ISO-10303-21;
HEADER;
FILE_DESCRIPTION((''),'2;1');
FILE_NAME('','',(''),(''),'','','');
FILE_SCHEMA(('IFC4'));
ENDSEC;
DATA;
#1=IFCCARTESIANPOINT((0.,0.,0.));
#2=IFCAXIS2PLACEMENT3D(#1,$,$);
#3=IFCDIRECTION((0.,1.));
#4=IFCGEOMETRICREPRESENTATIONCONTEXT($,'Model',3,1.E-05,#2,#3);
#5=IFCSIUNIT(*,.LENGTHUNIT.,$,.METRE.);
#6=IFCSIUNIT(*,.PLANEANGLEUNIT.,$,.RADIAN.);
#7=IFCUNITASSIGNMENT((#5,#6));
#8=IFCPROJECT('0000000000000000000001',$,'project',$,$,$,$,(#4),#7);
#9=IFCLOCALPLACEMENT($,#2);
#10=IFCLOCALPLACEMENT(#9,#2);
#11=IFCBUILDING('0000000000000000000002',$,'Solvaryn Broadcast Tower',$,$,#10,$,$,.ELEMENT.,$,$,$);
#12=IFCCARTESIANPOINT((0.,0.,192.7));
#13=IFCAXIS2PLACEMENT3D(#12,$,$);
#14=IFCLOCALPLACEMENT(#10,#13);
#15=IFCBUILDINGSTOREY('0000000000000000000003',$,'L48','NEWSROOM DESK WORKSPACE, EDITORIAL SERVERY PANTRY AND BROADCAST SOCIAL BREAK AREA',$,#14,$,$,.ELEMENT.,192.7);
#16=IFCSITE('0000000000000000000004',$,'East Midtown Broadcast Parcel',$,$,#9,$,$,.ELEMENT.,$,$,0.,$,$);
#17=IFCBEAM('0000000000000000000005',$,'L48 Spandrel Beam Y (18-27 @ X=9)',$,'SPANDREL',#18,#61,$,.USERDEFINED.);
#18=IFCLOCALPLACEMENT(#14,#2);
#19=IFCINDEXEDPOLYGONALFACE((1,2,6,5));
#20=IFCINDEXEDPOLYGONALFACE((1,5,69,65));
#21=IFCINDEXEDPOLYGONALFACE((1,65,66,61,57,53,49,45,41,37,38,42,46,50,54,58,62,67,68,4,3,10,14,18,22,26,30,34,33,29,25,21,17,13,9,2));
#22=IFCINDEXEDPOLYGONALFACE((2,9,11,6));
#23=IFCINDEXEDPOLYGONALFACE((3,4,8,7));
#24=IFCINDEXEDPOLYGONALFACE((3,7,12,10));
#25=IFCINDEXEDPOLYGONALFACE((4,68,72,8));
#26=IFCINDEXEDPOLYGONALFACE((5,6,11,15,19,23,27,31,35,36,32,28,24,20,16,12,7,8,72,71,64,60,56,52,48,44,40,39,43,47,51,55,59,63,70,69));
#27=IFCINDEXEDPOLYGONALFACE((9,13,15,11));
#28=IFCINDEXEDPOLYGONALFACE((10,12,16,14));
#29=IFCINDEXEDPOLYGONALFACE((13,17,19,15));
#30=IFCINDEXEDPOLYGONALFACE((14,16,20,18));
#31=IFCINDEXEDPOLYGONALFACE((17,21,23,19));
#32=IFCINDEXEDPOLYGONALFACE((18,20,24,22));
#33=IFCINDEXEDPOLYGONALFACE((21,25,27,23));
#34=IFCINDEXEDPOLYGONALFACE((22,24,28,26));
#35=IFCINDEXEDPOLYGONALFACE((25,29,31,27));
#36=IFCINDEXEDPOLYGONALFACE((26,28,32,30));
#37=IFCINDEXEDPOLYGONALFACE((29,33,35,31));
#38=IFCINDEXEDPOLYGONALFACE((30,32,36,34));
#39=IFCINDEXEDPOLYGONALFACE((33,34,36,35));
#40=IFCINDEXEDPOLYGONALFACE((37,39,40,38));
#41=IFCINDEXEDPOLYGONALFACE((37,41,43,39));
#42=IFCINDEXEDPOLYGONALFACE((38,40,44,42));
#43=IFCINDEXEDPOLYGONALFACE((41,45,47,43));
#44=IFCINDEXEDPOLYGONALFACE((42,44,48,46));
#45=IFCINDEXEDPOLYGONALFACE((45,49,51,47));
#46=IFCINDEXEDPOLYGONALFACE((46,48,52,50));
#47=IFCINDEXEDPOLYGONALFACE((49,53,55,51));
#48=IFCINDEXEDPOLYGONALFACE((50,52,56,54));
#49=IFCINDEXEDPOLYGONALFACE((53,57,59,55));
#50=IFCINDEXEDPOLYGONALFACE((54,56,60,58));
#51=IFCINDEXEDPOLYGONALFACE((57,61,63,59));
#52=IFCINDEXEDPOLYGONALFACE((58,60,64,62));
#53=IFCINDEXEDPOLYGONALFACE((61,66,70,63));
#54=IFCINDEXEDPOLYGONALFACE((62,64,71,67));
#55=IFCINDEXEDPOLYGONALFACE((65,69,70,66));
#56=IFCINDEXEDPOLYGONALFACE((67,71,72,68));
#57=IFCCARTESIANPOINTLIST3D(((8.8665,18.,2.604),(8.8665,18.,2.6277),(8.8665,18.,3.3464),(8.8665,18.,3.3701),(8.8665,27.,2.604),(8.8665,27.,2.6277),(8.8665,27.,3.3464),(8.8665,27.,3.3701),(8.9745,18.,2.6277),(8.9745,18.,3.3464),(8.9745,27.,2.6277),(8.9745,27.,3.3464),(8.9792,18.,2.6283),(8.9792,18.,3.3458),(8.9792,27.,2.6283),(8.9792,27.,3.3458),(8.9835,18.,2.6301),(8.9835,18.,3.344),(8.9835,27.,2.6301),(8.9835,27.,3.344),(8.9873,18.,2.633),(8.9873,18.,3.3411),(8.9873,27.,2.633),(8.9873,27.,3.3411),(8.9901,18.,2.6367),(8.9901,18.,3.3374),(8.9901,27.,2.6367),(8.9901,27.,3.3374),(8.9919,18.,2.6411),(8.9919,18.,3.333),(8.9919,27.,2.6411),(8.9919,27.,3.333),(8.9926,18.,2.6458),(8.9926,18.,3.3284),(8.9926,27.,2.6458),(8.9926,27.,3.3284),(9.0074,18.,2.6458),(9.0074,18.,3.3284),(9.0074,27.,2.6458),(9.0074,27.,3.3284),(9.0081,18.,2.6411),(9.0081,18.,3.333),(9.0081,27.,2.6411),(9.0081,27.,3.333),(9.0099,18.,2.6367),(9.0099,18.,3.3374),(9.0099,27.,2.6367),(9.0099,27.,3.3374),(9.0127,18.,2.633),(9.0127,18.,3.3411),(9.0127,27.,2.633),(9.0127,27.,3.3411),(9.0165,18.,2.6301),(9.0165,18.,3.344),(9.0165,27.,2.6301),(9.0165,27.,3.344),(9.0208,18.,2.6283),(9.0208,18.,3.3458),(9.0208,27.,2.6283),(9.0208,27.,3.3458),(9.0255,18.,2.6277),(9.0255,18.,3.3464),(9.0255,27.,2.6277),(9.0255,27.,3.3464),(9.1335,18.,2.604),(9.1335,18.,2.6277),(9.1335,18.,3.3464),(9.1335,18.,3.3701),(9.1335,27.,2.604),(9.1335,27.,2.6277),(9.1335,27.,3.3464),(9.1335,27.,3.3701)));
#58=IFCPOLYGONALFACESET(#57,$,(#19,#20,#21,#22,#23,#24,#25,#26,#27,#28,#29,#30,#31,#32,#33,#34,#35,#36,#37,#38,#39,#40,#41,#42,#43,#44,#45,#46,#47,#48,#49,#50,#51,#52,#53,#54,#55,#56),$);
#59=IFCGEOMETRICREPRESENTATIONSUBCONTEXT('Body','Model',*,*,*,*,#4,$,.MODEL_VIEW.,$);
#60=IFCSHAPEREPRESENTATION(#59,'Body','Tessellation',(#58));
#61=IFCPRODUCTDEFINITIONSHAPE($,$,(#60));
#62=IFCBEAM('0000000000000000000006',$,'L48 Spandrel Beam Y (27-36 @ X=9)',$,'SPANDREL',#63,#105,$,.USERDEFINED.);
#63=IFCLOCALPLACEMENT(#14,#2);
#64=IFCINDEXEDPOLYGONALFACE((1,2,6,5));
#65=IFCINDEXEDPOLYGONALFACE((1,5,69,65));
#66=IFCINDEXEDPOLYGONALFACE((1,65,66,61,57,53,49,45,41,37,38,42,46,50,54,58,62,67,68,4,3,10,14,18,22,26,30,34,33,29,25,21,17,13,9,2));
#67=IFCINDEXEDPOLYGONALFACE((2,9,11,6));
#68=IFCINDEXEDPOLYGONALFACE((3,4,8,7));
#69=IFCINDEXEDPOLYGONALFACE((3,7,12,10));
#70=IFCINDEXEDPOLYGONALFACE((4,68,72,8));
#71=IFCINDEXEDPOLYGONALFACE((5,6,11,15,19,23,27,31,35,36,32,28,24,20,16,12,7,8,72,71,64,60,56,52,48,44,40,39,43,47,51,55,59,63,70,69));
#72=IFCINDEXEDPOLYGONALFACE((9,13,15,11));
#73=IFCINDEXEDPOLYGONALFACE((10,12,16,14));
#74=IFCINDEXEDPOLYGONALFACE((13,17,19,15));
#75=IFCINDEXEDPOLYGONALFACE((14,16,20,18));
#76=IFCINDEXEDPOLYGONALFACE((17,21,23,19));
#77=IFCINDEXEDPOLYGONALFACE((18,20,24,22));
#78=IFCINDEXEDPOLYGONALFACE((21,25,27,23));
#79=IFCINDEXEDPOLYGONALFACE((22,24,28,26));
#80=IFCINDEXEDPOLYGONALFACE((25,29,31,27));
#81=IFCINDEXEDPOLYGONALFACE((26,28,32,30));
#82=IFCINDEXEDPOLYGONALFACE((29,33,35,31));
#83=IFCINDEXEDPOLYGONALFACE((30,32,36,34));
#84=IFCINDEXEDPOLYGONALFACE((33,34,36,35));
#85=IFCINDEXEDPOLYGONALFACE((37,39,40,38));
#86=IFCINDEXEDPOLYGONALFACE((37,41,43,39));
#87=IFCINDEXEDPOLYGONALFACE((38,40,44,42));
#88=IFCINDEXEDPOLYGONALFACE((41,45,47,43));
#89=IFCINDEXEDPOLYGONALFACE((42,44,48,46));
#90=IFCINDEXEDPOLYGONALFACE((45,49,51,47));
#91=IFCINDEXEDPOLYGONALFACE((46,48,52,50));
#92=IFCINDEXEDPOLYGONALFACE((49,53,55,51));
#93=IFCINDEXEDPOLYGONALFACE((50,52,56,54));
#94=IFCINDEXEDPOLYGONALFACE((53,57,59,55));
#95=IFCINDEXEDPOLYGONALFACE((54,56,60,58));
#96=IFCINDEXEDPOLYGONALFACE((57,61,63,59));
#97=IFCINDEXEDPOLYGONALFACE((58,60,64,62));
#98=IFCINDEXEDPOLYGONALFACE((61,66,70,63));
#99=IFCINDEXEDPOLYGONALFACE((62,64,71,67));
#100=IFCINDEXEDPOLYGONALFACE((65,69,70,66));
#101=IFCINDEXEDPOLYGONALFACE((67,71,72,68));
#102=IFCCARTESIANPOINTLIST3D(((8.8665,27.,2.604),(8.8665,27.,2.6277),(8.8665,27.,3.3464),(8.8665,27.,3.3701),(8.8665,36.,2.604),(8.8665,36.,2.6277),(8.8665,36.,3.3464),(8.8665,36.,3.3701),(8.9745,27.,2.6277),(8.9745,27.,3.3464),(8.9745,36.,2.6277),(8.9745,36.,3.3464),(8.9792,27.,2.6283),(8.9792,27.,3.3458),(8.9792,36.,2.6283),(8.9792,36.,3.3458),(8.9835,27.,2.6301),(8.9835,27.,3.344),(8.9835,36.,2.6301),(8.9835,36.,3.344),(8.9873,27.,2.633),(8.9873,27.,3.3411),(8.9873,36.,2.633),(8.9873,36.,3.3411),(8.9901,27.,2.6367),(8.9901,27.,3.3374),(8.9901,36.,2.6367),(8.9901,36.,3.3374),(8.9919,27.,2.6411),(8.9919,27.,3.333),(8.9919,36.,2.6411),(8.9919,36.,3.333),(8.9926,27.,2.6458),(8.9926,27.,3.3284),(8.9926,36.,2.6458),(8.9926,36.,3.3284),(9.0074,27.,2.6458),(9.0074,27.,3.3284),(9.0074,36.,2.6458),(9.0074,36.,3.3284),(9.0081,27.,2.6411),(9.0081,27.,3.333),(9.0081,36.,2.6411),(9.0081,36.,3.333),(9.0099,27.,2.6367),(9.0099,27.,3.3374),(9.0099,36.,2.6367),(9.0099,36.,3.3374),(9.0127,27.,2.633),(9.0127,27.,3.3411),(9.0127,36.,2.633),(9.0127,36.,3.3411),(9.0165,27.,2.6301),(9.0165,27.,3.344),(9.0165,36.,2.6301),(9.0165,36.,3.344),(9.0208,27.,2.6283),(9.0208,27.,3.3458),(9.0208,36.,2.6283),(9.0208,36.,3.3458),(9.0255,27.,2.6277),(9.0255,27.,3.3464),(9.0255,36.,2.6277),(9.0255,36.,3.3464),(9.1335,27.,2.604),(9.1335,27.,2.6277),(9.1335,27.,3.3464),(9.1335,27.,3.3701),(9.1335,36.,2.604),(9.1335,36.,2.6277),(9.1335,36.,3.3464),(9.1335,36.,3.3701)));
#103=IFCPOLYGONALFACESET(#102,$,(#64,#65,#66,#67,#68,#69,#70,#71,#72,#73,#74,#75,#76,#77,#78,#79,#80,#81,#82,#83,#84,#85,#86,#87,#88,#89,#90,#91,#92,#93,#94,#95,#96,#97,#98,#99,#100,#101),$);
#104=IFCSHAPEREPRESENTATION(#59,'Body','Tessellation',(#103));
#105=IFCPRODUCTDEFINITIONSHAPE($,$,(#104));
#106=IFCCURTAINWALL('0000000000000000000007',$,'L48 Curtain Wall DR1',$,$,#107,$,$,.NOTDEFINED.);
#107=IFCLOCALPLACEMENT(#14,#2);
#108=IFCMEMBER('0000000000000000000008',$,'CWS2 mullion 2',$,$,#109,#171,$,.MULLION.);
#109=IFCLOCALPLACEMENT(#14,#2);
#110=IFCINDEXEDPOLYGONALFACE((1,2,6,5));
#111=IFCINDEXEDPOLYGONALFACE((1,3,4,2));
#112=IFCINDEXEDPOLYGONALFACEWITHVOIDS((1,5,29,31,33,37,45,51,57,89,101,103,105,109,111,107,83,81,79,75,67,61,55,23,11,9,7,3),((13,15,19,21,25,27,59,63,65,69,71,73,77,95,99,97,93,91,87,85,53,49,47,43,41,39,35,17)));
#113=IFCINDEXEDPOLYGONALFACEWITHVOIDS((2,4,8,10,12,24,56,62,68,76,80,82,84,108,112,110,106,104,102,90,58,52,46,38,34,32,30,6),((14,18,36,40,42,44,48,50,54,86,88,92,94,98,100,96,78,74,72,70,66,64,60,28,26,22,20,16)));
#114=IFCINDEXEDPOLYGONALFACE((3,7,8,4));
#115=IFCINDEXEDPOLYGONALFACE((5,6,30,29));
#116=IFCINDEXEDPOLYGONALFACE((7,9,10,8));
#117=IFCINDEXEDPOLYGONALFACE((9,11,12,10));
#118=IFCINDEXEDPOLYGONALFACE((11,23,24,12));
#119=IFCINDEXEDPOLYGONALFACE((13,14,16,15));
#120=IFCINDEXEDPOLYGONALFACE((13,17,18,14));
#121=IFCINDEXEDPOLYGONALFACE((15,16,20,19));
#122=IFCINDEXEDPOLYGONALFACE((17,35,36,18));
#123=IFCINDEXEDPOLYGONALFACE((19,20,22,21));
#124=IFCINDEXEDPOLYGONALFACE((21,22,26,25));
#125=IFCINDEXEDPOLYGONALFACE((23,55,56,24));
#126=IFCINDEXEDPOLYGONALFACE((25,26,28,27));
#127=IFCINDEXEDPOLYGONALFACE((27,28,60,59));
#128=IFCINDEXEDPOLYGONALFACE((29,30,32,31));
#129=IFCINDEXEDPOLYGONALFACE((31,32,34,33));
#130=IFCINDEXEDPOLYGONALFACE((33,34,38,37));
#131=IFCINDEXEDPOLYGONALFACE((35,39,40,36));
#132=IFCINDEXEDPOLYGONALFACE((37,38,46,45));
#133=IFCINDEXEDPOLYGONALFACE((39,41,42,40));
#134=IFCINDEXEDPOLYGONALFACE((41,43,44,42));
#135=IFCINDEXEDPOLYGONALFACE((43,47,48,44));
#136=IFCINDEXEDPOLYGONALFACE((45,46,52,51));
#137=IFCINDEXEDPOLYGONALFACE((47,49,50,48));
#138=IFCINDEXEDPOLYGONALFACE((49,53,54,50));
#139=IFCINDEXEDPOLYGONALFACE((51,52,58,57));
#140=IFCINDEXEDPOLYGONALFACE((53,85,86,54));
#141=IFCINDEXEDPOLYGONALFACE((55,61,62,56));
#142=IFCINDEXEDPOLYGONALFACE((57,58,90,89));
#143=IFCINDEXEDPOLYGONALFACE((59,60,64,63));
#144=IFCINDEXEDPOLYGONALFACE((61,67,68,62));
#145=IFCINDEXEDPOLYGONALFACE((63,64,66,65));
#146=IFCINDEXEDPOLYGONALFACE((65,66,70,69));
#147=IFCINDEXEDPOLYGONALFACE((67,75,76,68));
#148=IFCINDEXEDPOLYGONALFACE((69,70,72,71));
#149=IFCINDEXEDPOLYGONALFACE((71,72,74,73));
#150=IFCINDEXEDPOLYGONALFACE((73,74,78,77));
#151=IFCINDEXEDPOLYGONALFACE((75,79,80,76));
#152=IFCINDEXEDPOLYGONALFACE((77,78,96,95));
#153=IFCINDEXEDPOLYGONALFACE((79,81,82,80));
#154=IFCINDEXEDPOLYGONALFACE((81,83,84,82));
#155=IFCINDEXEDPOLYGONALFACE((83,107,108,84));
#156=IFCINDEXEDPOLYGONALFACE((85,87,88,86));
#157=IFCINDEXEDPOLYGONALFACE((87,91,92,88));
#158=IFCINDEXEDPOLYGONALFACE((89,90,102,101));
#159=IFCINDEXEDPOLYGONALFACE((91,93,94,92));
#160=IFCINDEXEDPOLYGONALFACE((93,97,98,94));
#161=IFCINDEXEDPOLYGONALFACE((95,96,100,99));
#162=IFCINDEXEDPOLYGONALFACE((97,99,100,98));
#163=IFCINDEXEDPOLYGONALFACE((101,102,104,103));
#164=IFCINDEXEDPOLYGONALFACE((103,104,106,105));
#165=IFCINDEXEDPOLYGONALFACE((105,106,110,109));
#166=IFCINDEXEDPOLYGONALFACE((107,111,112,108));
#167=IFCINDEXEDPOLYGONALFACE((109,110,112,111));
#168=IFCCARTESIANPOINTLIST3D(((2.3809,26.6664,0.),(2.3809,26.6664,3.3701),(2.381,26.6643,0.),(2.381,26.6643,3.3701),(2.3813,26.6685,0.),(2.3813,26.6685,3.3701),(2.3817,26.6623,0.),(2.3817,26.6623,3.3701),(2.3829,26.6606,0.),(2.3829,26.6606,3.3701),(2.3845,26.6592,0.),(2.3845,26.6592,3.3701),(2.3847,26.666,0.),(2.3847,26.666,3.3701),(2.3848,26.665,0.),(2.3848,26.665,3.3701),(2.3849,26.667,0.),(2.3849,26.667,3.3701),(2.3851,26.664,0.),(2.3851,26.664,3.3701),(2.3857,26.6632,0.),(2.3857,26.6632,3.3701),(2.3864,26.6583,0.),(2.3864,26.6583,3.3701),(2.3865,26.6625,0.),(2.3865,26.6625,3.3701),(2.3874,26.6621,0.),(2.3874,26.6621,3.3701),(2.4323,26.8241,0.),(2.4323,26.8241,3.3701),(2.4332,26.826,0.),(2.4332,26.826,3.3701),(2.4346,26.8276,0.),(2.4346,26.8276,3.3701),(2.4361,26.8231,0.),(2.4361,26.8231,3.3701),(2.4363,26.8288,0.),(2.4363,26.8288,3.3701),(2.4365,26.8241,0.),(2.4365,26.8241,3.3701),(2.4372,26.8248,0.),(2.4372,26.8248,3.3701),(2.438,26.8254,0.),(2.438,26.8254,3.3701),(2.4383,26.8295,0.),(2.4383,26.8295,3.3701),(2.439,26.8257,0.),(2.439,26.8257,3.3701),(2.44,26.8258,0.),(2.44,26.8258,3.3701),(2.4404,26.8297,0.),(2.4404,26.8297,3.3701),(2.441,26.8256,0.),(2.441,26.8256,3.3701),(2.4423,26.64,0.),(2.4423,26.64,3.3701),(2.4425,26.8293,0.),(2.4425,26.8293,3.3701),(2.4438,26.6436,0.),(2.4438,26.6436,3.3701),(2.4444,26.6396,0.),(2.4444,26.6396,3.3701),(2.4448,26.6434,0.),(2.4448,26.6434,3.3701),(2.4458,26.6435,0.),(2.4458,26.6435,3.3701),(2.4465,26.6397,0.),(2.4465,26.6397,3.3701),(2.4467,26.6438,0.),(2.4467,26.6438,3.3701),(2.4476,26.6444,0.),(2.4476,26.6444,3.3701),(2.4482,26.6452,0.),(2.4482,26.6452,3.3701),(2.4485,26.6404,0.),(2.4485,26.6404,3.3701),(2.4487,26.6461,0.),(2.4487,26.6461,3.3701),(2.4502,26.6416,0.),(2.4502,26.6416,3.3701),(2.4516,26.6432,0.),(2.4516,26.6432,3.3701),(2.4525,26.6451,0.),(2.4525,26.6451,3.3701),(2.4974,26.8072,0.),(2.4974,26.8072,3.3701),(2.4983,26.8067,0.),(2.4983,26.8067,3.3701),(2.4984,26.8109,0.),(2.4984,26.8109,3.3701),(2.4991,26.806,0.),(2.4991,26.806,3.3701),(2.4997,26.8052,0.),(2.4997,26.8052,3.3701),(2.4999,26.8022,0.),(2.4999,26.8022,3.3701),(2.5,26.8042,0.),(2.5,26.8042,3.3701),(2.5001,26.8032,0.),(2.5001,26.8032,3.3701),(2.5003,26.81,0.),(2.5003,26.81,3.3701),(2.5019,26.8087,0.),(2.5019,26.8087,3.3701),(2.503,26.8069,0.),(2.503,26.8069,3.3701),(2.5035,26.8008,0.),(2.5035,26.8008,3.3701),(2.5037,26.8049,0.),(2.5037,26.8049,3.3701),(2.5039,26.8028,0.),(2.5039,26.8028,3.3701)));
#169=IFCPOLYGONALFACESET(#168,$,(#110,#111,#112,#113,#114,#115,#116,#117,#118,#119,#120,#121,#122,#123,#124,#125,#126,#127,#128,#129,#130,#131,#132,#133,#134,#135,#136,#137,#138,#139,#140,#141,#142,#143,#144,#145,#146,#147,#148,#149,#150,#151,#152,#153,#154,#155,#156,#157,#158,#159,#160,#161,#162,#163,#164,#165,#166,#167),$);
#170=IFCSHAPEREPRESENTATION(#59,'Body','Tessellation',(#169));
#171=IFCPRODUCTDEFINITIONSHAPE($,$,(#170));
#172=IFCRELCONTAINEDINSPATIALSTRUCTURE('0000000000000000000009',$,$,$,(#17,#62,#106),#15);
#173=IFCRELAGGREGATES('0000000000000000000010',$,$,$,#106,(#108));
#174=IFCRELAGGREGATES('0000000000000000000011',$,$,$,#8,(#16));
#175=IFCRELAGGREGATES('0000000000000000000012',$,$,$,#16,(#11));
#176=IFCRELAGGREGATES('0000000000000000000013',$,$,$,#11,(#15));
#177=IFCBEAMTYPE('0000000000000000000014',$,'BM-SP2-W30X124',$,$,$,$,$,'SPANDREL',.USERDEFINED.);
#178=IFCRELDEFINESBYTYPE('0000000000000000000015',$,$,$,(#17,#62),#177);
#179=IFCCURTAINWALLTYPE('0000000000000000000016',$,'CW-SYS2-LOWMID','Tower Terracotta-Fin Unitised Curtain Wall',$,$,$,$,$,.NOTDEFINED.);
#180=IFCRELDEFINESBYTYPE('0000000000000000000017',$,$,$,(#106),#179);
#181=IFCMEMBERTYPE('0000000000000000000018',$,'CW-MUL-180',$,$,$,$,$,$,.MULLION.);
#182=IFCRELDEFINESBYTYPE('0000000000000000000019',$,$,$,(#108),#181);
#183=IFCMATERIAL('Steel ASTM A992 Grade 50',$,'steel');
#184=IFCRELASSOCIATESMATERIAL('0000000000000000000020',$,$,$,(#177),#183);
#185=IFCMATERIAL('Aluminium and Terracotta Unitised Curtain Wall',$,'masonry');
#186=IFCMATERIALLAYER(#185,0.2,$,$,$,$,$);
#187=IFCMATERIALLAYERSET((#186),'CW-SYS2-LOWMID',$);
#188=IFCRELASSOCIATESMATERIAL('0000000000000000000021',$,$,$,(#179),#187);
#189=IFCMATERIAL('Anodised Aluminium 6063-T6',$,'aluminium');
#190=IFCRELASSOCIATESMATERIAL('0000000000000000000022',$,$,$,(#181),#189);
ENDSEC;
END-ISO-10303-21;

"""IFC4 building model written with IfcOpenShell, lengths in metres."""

from ifc_helpers import new_model, si_unit, direction, frame, origin, origin_2d, place, context, subcontext, project, spatial, hollow_rectangle, i_section, extrude, material, layer, layer_set, material_profile, profile_set, type_object, element, aggregate, save


model = new_model("IFC4")

# Units and contexts
model_context = context("Model", 3, precision=1e-05, world=origin(), true_north=direction((0.0, 1.0)))
body_context = subcontext(model_context, "Body", "Model", "MODEL_VIEW")
ifc_project = project(units=[si_unit("LENGTHUNIT", "METRE"), si_unit("PLANEANGLEUNIT", "RADIAN")], contexts=[model_context])

# Site, building, storey
site_placement = place(None, origin())
site = spatial("IfcSite", under=ifc_project, at=site_placement, Name="East Midtown Broadcast Parcel", CompositionType="ELEMENT", RefElevation=0.0)
building_placement = place(site_placement, origin())
building = spatial("IfcBuilding", under=site, at=building_placement, Name="Solvaryn Broadcast Tower", CompositionType="ELEMENT")
storey_placement = place(building_placement, frame((0.0, 0.0, 192.7)))
storey = spatial("IfcBuildingStorey", under=building, at=storey_placement, Name="L48", Description="NEWSROOM DESK WORKSPACE, EDITORIAL SERVERY PANTRY AND BROADCAST SOCIAL BREAK AREA", CompositionType="ELEMENT", Elevation=192.7)

# Beams
ifc_material_1 = material(Name="Steel ASTM A992 Grade 50", Category="steel")
ifc_material_profile_1 = material_profile(ifc_material_1, i_section(OverallWidth=0.2671, OverallDepth=0.7661, WebThickness=0.0149, FlangeThickness=0.0237, FilletRadius=0.0181, at=origin_2d()))
ifc_profile_set_1 = profile_set([ifc_material_profile_1], Name="Steel ASTM A992 Grade 50")
beam_type_1 = type_object("IfcBeamType", Name="BM-SP2-W30X124", ElementType="SPANDREL", PredefinedType="USERDEFINED", material=ifc_profile_set_1)
for number, where, z_axis, x_axis, name in (
    (1, (9.0, 18.0, 2.9871), (0.0, 1.0, 0.0), (-1.0, 0.0, 0.0), "L48 Spandrel Beam Y (18-27 @ X=9)"),
    (2, (9.0, 27.0, 2.9871), (0.0, 1.0, 0.0), (-1.0, 0.0, 0.0), "L48 Spandrel Beam Y (27-36 @ X=9)"),
):
    element("IfcBeam", number, at=place(storey_placement, frame(where, z_axis=z_axis, x_axis=x_axis)), inside=storey, type_object=beam_type_1, Name=name, ObjectType="SPANDREL", PredefinedType="USERDEFINED", context=body_context, shape_type="SweptSolid", body=[
        extrude(i_section(OverallWidth=0.2671, OverallDepth=0.7661, WebThickness=0.0149, FlangeThickness=0.0237, FilletRadius=0.0181, at=origin_2d()), origin(), (0.0, 0.0, 1.0), 9.0),
    ])

# Curtain wall, member
ifc_material_2 = material(Name="Aluminium and Terracotta Unitised Curtain Wall", Category="masonry")
ifc_layer_1 = layer(ifc_material_2, 0.2)
ifc_layer_set_1 = layer_set([ifc_layer_1], Name="CW-SYS2-LOWMID")
curtain_wall_type = type_object("IfcCurtainWallType", Name="CW-SYS2-LOWMID", Description="Tower Terracotta-Fin Unitised Curtain Wall", PredefinedType="NOTDEFINED", material=ifc_layer_set_1)
curtain_wall_1_placement = place(storey_placement, origin())
curtain_wall_1 = element("IfcCurtainWall", 3, at=curtain_wall_1_placement, inside=storey, type_object=curtain_wall_type, Name="L48 Curtain Wall DR1", PredefinedType="NOTDEFINED")
ifc_material_3 = material(Name="Anodised Aluminium 6063-T6", Category="aluminium")
ifc_material_profile_2 = material_profile(ifc_material_3, hollow_rectangle(XDim=0.075, YDim=0.1799, WallThickness=0.0039, InnerFilletRadius=0.0039, OuterFilletRadius=0.0081, at=origin_2d()))
ifc_profile_set_2 = profile_set([ifc_material_profile_2], Name="Anodised Aluminium 6063-T6")
member_type_1 = type_object("IfcMemberType", Name="CW-MUL-180", PredefinedType="MULLION", material=ifc_profile_set_2)
member_1_placement = place(storey_placement, frame((2.4424, 26.7346, 0.0), z_axis=(0.0, 0.0, 1.0), x_axis=(0.950227, -0.311559, 0.0)))
member_1 = element("IfcMember", 4, at=member_1_placement, type_object=member_type_1, Name="CWS2 mullion 2", PredefinedType="MULLION", context=body_context, shape_type="SweptSolid", body=[
    extrude(hollow_rectangle(XDim=0.075, YDim=0.1799, WallThickness=0.0039, InnerFilletRadius=0.0039, OuterFilletRadius=0.0081, at=origin_2d()), origin(), (0.0, 0.0, 1.0), 3.3701),
])
aggregate(curtain_wall_1, [member_1])

save(model, "model.ifc")
